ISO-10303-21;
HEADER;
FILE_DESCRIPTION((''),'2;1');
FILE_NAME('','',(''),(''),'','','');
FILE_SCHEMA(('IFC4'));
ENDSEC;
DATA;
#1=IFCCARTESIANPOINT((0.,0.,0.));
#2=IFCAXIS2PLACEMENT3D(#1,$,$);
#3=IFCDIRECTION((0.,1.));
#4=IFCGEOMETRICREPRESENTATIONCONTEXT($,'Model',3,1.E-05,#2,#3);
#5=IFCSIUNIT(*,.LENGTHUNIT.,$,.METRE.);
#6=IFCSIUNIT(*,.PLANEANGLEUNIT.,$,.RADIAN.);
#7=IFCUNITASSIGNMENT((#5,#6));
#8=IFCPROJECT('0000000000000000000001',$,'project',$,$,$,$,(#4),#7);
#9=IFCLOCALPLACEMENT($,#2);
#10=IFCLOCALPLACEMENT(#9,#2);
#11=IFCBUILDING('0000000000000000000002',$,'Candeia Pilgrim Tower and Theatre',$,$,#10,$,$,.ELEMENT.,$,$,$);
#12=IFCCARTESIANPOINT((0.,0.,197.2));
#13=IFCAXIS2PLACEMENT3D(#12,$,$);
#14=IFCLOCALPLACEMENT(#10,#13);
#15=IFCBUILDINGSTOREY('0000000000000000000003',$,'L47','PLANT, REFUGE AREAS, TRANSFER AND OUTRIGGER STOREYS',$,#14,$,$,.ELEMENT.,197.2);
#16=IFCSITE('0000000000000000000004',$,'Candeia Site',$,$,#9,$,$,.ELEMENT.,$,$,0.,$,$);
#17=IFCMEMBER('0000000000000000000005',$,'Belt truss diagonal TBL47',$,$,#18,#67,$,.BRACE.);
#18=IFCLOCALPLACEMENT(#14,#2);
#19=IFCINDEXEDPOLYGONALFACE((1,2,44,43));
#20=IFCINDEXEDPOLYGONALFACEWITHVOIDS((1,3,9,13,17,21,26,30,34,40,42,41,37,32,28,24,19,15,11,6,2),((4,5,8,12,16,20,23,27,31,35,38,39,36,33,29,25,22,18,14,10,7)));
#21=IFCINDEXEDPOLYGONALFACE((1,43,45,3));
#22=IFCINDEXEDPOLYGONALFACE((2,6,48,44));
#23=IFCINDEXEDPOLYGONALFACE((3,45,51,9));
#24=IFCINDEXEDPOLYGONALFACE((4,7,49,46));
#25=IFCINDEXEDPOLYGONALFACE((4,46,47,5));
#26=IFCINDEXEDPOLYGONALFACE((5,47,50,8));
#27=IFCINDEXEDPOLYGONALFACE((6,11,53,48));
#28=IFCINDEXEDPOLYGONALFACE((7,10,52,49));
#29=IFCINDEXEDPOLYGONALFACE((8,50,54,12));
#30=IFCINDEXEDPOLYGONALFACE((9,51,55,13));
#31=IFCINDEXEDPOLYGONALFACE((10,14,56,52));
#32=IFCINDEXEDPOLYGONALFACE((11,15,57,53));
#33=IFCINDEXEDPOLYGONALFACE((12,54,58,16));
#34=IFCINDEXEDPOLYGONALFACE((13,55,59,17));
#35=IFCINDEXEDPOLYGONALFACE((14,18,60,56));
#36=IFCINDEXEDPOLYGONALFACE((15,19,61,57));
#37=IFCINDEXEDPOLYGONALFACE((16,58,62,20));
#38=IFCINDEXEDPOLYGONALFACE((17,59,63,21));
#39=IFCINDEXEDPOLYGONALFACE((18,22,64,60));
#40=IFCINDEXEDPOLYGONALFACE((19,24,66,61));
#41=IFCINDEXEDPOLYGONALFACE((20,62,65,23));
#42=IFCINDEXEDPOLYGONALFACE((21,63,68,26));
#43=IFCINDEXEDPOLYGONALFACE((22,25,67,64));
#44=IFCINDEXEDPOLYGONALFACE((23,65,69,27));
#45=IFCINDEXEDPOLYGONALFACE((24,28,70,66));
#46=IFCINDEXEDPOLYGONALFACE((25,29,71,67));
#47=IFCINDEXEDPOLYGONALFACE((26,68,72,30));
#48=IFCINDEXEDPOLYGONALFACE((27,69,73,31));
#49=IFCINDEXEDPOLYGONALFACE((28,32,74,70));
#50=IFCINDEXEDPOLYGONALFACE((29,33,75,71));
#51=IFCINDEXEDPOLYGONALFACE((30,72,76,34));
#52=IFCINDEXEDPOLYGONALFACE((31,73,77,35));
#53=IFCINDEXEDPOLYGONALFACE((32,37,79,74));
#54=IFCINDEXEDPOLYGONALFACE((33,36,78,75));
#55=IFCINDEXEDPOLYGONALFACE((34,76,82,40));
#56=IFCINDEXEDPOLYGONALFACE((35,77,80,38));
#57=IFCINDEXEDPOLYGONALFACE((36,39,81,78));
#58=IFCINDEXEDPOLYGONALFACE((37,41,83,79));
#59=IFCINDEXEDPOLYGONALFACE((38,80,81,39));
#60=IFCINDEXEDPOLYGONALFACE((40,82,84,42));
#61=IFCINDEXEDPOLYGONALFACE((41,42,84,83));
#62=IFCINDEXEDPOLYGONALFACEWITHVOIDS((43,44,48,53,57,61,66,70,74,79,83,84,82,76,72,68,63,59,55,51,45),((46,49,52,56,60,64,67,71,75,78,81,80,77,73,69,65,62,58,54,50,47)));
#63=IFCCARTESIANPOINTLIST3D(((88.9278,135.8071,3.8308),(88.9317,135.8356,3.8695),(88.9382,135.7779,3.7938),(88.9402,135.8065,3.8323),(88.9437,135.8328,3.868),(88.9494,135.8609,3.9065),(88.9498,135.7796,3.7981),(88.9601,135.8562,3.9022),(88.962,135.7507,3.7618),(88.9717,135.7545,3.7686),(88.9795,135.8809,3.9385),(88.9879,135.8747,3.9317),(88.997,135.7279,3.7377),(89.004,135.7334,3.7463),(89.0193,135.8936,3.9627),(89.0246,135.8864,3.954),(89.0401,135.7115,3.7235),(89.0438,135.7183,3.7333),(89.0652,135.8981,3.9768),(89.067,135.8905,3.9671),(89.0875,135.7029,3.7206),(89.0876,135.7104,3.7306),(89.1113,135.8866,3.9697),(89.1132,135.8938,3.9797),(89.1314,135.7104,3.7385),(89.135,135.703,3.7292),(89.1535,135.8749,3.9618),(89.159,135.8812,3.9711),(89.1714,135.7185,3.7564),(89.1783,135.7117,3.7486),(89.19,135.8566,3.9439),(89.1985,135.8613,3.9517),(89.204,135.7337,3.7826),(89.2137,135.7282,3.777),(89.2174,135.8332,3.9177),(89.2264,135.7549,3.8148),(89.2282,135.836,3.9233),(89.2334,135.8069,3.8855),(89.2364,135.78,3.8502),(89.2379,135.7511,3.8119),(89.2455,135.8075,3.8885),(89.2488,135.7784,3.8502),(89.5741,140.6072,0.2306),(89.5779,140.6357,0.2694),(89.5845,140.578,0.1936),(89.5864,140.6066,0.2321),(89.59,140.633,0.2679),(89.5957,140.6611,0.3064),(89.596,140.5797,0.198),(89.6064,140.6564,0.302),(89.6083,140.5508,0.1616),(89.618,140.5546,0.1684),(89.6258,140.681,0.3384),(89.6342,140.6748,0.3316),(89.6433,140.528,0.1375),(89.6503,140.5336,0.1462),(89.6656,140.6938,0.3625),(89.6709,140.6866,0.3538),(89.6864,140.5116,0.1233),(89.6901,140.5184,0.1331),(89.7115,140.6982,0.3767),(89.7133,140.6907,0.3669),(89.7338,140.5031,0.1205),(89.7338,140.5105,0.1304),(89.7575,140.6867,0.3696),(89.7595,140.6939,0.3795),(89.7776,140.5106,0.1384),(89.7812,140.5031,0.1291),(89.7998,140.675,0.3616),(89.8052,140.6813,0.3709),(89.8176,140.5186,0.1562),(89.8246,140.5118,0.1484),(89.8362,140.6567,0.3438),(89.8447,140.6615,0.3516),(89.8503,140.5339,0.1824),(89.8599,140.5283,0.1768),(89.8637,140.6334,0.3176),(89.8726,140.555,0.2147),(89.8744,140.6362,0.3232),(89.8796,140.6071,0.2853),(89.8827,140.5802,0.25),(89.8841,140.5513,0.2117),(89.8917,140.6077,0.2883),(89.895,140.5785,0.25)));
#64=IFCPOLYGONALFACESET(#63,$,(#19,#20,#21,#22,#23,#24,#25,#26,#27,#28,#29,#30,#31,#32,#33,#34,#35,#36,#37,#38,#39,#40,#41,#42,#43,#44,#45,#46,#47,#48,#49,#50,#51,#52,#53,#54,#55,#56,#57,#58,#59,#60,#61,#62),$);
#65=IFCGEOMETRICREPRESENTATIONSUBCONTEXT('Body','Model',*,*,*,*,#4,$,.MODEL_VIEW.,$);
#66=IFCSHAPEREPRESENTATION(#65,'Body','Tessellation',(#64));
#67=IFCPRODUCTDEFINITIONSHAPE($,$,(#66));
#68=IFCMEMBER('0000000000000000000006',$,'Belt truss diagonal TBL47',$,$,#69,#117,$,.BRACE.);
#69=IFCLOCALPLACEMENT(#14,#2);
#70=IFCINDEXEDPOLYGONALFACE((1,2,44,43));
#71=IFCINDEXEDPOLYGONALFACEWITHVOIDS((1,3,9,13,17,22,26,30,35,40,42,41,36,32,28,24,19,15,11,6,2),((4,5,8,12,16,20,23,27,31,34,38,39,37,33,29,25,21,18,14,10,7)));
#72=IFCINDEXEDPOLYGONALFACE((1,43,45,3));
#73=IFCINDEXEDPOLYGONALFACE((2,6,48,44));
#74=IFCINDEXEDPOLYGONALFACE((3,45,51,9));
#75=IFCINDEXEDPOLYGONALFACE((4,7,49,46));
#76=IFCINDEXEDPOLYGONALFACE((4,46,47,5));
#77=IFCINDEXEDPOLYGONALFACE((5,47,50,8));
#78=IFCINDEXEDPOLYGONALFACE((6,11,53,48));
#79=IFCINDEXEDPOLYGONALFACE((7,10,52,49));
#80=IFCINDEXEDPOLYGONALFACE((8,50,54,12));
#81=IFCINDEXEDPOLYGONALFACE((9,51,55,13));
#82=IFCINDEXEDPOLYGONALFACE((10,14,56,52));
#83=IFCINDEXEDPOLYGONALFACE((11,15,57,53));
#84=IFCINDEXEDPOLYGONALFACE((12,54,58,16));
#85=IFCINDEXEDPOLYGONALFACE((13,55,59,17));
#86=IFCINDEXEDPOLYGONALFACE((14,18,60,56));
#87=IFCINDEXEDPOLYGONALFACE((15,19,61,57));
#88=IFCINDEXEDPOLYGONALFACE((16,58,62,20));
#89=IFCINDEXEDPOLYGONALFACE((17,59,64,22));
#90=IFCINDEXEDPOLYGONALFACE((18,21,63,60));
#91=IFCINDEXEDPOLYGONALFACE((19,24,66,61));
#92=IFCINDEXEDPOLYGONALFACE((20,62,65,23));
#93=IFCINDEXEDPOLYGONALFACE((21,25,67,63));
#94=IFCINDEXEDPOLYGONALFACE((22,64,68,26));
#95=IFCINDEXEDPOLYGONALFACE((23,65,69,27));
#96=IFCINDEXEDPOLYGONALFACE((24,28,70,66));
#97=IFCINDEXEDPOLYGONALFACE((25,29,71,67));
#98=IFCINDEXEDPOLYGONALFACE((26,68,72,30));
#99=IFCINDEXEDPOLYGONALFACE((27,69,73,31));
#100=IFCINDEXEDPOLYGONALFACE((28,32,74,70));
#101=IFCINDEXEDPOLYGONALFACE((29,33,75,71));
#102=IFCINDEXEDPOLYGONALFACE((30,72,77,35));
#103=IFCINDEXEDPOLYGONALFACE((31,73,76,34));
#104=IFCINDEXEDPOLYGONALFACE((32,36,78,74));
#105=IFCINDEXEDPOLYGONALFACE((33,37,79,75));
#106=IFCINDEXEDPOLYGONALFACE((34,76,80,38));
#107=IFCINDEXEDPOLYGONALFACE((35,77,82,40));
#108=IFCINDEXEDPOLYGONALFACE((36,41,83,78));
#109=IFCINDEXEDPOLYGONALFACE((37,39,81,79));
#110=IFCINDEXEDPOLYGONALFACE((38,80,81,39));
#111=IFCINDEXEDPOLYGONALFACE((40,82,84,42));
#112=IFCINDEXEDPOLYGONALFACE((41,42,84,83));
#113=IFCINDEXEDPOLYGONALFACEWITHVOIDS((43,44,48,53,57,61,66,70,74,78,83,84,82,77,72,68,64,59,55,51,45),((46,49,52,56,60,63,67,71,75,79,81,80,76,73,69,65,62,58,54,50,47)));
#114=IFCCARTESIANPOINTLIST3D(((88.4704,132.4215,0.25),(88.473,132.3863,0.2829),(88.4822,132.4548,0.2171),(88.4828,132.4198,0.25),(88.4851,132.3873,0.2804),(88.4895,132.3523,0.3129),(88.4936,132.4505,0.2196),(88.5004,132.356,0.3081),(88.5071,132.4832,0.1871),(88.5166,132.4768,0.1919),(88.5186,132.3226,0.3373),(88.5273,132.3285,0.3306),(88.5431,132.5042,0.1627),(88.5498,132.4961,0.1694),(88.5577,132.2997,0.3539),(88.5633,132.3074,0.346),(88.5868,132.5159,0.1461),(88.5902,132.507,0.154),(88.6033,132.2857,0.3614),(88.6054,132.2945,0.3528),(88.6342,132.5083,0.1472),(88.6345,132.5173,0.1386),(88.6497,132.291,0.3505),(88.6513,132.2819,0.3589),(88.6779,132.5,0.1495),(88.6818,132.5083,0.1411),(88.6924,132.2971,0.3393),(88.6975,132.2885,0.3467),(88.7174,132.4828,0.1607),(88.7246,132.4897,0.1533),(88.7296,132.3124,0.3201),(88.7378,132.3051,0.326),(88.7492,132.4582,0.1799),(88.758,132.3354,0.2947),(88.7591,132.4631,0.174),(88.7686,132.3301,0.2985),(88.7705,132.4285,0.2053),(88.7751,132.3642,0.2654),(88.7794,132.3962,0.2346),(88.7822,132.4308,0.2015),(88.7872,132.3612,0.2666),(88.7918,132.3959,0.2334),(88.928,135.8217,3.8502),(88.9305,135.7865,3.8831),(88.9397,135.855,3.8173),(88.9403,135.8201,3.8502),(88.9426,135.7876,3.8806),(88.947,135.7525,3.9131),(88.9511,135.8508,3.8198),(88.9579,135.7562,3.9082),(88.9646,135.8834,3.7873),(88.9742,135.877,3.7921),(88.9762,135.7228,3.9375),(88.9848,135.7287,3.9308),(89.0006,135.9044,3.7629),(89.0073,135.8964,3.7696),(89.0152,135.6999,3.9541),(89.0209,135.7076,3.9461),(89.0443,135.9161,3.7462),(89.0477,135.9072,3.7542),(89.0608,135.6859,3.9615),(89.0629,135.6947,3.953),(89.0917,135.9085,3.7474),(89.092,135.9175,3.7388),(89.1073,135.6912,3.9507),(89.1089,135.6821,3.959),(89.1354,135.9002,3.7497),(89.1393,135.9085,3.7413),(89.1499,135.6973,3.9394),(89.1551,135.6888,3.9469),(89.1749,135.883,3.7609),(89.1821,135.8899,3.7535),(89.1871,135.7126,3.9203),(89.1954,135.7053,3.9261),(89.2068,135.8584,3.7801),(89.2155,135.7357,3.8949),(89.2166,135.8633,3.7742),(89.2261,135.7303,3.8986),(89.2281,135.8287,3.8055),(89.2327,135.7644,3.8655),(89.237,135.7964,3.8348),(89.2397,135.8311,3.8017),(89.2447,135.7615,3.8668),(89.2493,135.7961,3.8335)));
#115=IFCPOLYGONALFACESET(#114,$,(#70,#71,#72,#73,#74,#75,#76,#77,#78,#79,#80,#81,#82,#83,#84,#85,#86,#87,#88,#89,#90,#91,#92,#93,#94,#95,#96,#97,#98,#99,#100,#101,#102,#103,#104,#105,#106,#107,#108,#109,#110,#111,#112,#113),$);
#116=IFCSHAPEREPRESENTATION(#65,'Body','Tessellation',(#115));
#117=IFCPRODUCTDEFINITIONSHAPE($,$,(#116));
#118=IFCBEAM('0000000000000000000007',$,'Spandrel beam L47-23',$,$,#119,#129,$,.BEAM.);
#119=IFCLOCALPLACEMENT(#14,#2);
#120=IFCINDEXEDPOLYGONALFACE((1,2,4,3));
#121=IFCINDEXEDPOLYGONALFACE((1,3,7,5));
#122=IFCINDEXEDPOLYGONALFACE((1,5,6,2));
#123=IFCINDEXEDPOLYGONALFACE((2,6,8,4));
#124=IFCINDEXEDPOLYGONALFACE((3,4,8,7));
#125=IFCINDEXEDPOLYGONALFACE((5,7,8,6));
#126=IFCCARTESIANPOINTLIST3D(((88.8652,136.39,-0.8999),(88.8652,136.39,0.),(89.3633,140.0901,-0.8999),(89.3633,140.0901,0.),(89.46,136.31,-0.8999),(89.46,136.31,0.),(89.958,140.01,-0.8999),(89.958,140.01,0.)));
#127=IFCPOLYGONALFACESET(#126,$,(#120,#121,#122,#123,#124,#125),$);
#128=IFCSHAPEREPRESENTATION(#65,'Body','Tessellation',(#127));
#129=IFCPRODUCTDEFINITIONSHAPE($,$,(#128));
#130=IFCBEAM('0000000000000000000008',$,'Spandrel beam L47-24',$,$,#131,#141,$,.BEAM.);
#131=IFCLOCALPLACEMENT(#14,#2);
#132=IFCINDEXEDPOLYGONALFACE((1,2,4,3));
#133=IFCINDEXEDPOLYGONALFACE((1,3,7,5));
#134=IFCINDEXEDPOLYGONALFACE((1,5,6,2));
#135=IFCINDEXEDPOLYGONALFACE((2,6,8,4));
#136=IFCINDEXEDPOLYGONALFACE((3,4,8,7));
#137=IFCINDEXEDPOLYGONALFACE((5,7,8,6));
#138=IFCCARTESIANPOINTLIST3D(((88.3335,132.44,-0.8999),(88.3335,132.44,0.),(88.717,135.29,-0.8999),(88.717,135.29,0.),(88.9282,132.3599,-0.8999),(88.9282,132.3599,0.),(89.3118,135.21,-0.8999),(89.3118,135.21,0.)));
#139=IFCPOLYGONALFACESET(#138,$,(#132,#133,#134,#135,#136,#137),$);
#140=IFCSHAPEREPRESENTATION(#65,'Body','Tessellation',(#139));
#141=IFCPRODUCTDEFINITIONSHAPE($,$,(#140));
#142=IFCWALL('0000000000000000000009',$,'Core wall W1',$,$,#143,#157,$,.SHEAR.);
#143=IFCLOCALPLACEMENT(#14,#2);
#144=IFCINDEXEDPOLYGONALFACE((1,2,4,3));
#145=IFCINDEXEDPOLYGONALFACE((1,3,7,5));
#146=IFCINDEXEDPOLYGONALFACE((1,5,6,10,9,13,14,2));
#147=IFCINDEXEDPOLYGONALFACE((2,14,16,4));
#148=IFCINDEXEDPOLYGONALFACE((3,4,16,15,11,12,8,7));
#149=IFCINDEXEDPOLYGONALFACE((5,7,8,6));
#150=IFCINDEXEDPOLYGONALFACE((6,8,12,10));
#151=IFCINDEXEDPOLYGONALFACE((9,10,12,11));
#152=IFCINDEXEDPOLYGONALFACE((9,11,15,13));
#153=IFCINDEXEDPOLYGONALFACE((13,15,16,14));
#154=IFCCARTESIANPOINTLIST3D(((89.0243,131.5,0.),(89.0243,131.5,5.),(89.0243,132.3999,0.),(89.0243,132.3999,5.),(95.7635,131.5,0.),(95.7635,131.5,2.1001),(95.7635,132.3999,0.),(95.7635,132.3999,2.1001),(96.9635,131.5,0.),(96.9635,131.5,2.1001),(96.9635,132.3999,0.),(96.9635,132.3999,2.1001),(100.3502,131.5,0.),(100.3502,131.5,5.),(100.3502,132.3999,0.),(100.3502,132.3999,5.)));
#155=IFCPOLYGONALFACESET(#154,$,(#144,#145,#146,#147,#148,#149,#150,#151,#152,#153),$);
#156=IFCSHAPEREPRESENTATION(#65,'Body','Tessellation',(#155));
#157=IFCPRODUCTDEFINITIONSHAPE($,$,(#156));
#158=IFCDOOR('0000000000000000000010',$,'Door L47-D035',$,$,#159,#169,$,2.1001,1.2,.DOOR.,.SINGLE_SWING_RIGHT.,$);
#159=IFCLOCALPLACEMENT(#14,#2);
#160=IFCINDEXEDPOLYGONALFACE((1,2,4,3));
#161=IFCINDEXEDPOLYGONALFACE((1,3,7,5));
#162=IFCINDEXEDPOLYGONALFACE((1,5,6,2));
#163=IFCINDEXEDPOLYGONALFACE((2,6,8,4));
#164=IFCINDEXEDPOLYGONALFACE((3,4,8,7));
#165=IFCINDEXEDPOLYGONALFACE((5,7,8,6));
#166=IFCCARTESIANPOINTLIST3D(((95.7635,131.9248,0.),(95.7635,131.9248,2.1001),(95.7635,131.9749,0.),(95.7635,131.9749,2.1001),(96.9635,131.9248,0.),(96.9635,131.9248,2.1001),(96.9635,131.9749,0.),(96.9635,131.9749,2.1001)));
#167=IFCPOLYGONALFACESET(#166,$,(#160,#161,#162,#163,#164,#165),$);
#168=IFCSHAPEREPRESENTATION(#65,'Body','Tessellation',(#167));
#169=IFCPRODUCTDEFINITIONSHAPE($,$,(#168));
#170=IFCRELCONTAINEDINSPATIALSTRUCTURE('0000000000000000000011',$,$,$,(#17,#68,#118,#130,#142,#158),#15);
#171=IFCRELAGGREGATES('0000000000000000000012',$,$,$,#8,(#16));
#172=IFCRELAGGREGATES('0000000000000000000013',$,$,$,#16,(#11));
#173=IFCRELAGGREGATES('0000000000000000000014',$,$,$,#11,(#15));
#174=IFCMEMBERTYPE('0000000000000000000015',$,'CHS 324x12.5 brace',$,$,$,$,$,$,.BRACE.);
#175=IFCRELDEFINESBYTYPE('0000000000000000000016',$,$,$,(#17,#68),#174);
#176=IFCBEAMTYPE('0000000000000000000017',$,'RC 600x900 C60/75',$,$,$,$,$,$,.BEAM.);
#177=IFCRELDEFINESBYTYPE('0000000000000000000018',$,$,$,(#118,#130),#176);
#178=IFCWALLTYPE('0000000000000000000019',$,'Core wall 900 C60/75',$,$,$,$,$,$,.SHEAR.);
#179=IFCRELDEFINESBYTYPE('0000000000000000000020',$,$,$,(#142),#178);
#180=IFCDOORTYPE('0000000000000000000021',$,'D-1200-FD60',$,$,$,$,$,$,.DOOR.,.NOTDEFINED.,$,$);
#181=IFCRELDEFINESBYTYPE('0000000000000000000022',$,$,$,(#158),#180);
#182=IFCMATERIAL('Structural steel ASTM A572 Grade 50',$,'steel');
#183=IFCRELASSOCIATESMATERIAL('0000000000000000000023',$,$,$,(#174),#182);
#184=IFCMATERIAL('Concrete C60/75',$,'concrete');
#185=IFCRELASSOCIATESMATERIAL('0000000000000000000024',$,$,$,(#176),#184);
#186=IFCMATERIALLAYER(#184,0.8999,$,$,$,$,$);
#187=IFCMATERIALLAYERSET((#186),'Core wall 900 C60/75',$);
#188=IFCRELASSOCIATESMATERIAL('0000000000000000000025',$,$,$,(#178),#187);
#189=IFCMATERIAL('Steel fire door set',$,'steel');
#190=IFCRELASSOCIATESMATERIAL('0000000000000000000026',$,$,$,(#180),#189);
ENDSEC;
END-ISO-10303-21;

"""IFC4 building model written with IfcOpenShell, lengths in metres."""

from ifc_helpers import new_model, si_unit, direction, frame, frame_2d, origin, origin_2d, place, context, subcontext, project, spatial, rectangle, hollow_circle, extrude, material, layer, layer_set, material_profile, profile_set, type_object, element, fill, save


model = new_model("IFC4")

# Units and contexts
model_context = context("Model", 3, precision=1e-05, world=origin(), true_north=direction((0.0, 1.0)))
body_context = subcontext(model_context, "Body", "Model", "MODEL_VIEW")
ifc_project = project(units=[si_unit("LENGTHUNIT", "METRE"), si_unit("PLANEANGLEUNIT", "RADIAN")], contexts=[model_context])

# Site, building, storey
site_placement = place(None, origin())
site = spatial("IfcSite", under=ifc_project, at=site_placement, Name="Candeia Site", CompositionType="ELEMENT", RefElevation=0.0)
building_placement = place(site_placement, origin())
building = spatial("IfcBuilding", under=site, at=building_placement, Name="Candeia Pilgrim Tower and Theatre", CompositionType="ELEMENT")
storey_placement = place(building_placement, frame((0.0, 0.0, 197.2)))
storey = spatial("IfcBuildingStorey", under=building, at=storey_placement, Name="L47", Description="PLANT, REFUGE AREAS, TRANSFER AND OUTRIGGER STOREYS", CompositionType="ELEMENT", Elevation=197.2)

# Shared definitions
ifc_material_1 = material(Name="Concrete C60/75", Category="concrete")

# Members
ifc_material_2 = material(Name="Structural steel ASTM A572 Grade 50", Category="steel")
ifc_material_profile_1 = material_profile(ifc_material_2, hollow_circle(Radius=0.1619, WallThickness=0.0125, at=origin_2d()))
ifc_profile_set_1 = profile_set([ifc_material_profile_1], Name="Structural steel ASTM A572 Grade 50")
member_type_1 = type_object("IfcMemberType", Name="CHS 324x12.5 brace", PredefinedType="BRACE", material=ifc_profile_set_1)
member_1_placement = place(storey_placement, frame((89.7346, 140.6001, 0.25), z_axis=(-0.107086, -0.795395, 0.596556), x_axis=(0.991058, -0.133428, 0.0)))
element("IfcMember", 1, at=member_1_placement, inside=storey, type_object=member_type_1, Name="Belt truss diagonal TBL47", PredefinedType="BRACE", context=body_context, shape_type="SweptSolid", body=[
    extrude(hollow_circle(Radius=0.1619, WallThickness=0.0125, at=origin_2d()), origin(), (0.0, 0.0, 1.0), 6.0349),
])
member_2_placement = place(storey_placement, frame((88.6309, 132.3999, 0.25), z_axis=(0.092, 0.683717, 0.723924), x_axis=(-0.991068, 0.133357, 0.0)))
element("IfcMember", 2, at=member_2_placement, inside=storey, type_object=member_type_1, Name="Belt truss diagonal TBL47", PredefinedType="BRACE", context=body_context, shape_type="SweptSolid", body=[
    extrude(hollow_circle(Radius=0.1619, WallThickness=0.0125, at=origin_2d()), origin(), (0.0, 0.0, 1.0), 4.9731),
])

# Beams
ifc_material_profile_2 = material_profile(ifc_material_1, rectangle(XDim=0.6001, YDim=0.8999, at=origin_2d()))
ifc_profile_set_2 = profile_set([ifc_material_profile_2], Name="Concrete C60/75")
beam_type = type_object("IfcBeamType", Name="RC 600x900 C60/75", PredefinedType="BEAM", material=ifc_profile_set_2)
beam_1_placement = place(storey_placement, frame((89.6606, 140.05, -0.45), z_axis=(-0.133406, -0.991061, 0.0), x_axis=(0.991061, -0.133406, 0.0)))
element("IfcBeam", 3, at=beam_1_placement, inside=storey, type_object=beam_type, Name="Spandrel beam L47-23", PredefinedType="BEAM", context=body_context, shape_type="SweptSolid", body=[
    extrude(rectangle(XDim=0.6001, YDim=0.8999, at=origin_2d()), origin(), (0.0, 0.0, 1.0), 3.7334),
])
beam_2_placement = place(storey_placement, frame((89.0144, 135.25, -0.45), z_axis=(-0.13337, -0.991066, 0.0), x_axis=(0.991066, -0.13337, 0.0)))
element("IfcBeam", 4, at=beam_2_placement, inside=storey, type_object=beam_type, Name="Spandrel beam L47-24", PredefinedType="BEAM", context=body_context, shape_type="SweptSolid", body=[
    extrude(rectangle(XDim=0.6001, YDim=0.8999, at=origin_2d()), origin(), (0.0, 0.0, 1.0), 2.8757),
])

# Wall, opening, door
ifc_layer_1 = layer(ifc_material_1, 0.8999)
ifc_layer_set_1 = layer_set([ifc_layer_1], Name="Core wall 900 C60/75")
wall_type_1 = type_object("IfcWallType", Name="Core wall 900 C60/75", PredefinedType="SHEAR", material=ifc_layer_set_1)
wall_1_placement = place(storey_placement, frame((89.0242, 131.95, 0.0), z_axis=(0.0, 0.0, 1.0), x_axis=(1.0, 0.0, 0.0)))
wall_1 = element("IfcWall", 5, at=wall_1_placement, inside=storey, type_object=wall_type_1, Name="Core wall W1", PredefinedType="SHEAR", context=body_context, shape_type="SweptSolid", body=[
    extrude(rectangle(XDim=11.3259, YDim=0.8999, at=frame_2d((5.6631, 0.0))), origin(), (0.0, 0.0, 1.0), 5.0),
])
opening_1_placement = place(wall_1_placement, frame((6.7393, 0.0, 0.0)))
opening_1 = element("IfcOpeningElement", 6, at=opening_1_placement, cuts=wall_1, PredefinedType="OPENING", context=body_context, shape_type="SweptSolid", body=[
    extrude(rectangle(XDim=1.2, YDim=2.1001, at=frame_2d((0.6001, 1.05))), frame((0.0, 0.46, 0.0), z_axis=(0.0, -1.0, 0.0), x_axis=(1.0, 0.0, 0.0)), (0.0, 0.0, 1.0), 0.9199),
])
ifc_material_3 = material(Name="Steel fire door set", Category="steel")
door_type_1 = type_object("IfcDoorType", Name="D-1200-FD60", OperationType="NOTDEFINED", PredefinedType="DOOR", material=ifc_material_3)
door_1_placement = place(opening_1_placement, origin())
door_1 = element("IfcDoor", 7, at=door_1_placement, inside=storey, type_object=door_type_1, Name="Door L47-D035", OperationType="SINGLE_SWING_RIGHT", OverallHeight=2.1001, OverallWidth=1.2, PredefinedType="DOOR", context=body_context, shape_type="SweptSolid", body=[
    extrude(rectangle(XDim=1.2, YDim=2.1001, at=frame_2d((0.6001, 1.05))), frame((0.0, 0.0249, 0.0), z_axis=(0.0, -1.0, 0.0), x_axis=(1.0, 0.0, 0.0)), (0.0, 0.0, 1.0), 0.05),
])
fill(opening_1, door_1)

save(model, "model.ifc")
